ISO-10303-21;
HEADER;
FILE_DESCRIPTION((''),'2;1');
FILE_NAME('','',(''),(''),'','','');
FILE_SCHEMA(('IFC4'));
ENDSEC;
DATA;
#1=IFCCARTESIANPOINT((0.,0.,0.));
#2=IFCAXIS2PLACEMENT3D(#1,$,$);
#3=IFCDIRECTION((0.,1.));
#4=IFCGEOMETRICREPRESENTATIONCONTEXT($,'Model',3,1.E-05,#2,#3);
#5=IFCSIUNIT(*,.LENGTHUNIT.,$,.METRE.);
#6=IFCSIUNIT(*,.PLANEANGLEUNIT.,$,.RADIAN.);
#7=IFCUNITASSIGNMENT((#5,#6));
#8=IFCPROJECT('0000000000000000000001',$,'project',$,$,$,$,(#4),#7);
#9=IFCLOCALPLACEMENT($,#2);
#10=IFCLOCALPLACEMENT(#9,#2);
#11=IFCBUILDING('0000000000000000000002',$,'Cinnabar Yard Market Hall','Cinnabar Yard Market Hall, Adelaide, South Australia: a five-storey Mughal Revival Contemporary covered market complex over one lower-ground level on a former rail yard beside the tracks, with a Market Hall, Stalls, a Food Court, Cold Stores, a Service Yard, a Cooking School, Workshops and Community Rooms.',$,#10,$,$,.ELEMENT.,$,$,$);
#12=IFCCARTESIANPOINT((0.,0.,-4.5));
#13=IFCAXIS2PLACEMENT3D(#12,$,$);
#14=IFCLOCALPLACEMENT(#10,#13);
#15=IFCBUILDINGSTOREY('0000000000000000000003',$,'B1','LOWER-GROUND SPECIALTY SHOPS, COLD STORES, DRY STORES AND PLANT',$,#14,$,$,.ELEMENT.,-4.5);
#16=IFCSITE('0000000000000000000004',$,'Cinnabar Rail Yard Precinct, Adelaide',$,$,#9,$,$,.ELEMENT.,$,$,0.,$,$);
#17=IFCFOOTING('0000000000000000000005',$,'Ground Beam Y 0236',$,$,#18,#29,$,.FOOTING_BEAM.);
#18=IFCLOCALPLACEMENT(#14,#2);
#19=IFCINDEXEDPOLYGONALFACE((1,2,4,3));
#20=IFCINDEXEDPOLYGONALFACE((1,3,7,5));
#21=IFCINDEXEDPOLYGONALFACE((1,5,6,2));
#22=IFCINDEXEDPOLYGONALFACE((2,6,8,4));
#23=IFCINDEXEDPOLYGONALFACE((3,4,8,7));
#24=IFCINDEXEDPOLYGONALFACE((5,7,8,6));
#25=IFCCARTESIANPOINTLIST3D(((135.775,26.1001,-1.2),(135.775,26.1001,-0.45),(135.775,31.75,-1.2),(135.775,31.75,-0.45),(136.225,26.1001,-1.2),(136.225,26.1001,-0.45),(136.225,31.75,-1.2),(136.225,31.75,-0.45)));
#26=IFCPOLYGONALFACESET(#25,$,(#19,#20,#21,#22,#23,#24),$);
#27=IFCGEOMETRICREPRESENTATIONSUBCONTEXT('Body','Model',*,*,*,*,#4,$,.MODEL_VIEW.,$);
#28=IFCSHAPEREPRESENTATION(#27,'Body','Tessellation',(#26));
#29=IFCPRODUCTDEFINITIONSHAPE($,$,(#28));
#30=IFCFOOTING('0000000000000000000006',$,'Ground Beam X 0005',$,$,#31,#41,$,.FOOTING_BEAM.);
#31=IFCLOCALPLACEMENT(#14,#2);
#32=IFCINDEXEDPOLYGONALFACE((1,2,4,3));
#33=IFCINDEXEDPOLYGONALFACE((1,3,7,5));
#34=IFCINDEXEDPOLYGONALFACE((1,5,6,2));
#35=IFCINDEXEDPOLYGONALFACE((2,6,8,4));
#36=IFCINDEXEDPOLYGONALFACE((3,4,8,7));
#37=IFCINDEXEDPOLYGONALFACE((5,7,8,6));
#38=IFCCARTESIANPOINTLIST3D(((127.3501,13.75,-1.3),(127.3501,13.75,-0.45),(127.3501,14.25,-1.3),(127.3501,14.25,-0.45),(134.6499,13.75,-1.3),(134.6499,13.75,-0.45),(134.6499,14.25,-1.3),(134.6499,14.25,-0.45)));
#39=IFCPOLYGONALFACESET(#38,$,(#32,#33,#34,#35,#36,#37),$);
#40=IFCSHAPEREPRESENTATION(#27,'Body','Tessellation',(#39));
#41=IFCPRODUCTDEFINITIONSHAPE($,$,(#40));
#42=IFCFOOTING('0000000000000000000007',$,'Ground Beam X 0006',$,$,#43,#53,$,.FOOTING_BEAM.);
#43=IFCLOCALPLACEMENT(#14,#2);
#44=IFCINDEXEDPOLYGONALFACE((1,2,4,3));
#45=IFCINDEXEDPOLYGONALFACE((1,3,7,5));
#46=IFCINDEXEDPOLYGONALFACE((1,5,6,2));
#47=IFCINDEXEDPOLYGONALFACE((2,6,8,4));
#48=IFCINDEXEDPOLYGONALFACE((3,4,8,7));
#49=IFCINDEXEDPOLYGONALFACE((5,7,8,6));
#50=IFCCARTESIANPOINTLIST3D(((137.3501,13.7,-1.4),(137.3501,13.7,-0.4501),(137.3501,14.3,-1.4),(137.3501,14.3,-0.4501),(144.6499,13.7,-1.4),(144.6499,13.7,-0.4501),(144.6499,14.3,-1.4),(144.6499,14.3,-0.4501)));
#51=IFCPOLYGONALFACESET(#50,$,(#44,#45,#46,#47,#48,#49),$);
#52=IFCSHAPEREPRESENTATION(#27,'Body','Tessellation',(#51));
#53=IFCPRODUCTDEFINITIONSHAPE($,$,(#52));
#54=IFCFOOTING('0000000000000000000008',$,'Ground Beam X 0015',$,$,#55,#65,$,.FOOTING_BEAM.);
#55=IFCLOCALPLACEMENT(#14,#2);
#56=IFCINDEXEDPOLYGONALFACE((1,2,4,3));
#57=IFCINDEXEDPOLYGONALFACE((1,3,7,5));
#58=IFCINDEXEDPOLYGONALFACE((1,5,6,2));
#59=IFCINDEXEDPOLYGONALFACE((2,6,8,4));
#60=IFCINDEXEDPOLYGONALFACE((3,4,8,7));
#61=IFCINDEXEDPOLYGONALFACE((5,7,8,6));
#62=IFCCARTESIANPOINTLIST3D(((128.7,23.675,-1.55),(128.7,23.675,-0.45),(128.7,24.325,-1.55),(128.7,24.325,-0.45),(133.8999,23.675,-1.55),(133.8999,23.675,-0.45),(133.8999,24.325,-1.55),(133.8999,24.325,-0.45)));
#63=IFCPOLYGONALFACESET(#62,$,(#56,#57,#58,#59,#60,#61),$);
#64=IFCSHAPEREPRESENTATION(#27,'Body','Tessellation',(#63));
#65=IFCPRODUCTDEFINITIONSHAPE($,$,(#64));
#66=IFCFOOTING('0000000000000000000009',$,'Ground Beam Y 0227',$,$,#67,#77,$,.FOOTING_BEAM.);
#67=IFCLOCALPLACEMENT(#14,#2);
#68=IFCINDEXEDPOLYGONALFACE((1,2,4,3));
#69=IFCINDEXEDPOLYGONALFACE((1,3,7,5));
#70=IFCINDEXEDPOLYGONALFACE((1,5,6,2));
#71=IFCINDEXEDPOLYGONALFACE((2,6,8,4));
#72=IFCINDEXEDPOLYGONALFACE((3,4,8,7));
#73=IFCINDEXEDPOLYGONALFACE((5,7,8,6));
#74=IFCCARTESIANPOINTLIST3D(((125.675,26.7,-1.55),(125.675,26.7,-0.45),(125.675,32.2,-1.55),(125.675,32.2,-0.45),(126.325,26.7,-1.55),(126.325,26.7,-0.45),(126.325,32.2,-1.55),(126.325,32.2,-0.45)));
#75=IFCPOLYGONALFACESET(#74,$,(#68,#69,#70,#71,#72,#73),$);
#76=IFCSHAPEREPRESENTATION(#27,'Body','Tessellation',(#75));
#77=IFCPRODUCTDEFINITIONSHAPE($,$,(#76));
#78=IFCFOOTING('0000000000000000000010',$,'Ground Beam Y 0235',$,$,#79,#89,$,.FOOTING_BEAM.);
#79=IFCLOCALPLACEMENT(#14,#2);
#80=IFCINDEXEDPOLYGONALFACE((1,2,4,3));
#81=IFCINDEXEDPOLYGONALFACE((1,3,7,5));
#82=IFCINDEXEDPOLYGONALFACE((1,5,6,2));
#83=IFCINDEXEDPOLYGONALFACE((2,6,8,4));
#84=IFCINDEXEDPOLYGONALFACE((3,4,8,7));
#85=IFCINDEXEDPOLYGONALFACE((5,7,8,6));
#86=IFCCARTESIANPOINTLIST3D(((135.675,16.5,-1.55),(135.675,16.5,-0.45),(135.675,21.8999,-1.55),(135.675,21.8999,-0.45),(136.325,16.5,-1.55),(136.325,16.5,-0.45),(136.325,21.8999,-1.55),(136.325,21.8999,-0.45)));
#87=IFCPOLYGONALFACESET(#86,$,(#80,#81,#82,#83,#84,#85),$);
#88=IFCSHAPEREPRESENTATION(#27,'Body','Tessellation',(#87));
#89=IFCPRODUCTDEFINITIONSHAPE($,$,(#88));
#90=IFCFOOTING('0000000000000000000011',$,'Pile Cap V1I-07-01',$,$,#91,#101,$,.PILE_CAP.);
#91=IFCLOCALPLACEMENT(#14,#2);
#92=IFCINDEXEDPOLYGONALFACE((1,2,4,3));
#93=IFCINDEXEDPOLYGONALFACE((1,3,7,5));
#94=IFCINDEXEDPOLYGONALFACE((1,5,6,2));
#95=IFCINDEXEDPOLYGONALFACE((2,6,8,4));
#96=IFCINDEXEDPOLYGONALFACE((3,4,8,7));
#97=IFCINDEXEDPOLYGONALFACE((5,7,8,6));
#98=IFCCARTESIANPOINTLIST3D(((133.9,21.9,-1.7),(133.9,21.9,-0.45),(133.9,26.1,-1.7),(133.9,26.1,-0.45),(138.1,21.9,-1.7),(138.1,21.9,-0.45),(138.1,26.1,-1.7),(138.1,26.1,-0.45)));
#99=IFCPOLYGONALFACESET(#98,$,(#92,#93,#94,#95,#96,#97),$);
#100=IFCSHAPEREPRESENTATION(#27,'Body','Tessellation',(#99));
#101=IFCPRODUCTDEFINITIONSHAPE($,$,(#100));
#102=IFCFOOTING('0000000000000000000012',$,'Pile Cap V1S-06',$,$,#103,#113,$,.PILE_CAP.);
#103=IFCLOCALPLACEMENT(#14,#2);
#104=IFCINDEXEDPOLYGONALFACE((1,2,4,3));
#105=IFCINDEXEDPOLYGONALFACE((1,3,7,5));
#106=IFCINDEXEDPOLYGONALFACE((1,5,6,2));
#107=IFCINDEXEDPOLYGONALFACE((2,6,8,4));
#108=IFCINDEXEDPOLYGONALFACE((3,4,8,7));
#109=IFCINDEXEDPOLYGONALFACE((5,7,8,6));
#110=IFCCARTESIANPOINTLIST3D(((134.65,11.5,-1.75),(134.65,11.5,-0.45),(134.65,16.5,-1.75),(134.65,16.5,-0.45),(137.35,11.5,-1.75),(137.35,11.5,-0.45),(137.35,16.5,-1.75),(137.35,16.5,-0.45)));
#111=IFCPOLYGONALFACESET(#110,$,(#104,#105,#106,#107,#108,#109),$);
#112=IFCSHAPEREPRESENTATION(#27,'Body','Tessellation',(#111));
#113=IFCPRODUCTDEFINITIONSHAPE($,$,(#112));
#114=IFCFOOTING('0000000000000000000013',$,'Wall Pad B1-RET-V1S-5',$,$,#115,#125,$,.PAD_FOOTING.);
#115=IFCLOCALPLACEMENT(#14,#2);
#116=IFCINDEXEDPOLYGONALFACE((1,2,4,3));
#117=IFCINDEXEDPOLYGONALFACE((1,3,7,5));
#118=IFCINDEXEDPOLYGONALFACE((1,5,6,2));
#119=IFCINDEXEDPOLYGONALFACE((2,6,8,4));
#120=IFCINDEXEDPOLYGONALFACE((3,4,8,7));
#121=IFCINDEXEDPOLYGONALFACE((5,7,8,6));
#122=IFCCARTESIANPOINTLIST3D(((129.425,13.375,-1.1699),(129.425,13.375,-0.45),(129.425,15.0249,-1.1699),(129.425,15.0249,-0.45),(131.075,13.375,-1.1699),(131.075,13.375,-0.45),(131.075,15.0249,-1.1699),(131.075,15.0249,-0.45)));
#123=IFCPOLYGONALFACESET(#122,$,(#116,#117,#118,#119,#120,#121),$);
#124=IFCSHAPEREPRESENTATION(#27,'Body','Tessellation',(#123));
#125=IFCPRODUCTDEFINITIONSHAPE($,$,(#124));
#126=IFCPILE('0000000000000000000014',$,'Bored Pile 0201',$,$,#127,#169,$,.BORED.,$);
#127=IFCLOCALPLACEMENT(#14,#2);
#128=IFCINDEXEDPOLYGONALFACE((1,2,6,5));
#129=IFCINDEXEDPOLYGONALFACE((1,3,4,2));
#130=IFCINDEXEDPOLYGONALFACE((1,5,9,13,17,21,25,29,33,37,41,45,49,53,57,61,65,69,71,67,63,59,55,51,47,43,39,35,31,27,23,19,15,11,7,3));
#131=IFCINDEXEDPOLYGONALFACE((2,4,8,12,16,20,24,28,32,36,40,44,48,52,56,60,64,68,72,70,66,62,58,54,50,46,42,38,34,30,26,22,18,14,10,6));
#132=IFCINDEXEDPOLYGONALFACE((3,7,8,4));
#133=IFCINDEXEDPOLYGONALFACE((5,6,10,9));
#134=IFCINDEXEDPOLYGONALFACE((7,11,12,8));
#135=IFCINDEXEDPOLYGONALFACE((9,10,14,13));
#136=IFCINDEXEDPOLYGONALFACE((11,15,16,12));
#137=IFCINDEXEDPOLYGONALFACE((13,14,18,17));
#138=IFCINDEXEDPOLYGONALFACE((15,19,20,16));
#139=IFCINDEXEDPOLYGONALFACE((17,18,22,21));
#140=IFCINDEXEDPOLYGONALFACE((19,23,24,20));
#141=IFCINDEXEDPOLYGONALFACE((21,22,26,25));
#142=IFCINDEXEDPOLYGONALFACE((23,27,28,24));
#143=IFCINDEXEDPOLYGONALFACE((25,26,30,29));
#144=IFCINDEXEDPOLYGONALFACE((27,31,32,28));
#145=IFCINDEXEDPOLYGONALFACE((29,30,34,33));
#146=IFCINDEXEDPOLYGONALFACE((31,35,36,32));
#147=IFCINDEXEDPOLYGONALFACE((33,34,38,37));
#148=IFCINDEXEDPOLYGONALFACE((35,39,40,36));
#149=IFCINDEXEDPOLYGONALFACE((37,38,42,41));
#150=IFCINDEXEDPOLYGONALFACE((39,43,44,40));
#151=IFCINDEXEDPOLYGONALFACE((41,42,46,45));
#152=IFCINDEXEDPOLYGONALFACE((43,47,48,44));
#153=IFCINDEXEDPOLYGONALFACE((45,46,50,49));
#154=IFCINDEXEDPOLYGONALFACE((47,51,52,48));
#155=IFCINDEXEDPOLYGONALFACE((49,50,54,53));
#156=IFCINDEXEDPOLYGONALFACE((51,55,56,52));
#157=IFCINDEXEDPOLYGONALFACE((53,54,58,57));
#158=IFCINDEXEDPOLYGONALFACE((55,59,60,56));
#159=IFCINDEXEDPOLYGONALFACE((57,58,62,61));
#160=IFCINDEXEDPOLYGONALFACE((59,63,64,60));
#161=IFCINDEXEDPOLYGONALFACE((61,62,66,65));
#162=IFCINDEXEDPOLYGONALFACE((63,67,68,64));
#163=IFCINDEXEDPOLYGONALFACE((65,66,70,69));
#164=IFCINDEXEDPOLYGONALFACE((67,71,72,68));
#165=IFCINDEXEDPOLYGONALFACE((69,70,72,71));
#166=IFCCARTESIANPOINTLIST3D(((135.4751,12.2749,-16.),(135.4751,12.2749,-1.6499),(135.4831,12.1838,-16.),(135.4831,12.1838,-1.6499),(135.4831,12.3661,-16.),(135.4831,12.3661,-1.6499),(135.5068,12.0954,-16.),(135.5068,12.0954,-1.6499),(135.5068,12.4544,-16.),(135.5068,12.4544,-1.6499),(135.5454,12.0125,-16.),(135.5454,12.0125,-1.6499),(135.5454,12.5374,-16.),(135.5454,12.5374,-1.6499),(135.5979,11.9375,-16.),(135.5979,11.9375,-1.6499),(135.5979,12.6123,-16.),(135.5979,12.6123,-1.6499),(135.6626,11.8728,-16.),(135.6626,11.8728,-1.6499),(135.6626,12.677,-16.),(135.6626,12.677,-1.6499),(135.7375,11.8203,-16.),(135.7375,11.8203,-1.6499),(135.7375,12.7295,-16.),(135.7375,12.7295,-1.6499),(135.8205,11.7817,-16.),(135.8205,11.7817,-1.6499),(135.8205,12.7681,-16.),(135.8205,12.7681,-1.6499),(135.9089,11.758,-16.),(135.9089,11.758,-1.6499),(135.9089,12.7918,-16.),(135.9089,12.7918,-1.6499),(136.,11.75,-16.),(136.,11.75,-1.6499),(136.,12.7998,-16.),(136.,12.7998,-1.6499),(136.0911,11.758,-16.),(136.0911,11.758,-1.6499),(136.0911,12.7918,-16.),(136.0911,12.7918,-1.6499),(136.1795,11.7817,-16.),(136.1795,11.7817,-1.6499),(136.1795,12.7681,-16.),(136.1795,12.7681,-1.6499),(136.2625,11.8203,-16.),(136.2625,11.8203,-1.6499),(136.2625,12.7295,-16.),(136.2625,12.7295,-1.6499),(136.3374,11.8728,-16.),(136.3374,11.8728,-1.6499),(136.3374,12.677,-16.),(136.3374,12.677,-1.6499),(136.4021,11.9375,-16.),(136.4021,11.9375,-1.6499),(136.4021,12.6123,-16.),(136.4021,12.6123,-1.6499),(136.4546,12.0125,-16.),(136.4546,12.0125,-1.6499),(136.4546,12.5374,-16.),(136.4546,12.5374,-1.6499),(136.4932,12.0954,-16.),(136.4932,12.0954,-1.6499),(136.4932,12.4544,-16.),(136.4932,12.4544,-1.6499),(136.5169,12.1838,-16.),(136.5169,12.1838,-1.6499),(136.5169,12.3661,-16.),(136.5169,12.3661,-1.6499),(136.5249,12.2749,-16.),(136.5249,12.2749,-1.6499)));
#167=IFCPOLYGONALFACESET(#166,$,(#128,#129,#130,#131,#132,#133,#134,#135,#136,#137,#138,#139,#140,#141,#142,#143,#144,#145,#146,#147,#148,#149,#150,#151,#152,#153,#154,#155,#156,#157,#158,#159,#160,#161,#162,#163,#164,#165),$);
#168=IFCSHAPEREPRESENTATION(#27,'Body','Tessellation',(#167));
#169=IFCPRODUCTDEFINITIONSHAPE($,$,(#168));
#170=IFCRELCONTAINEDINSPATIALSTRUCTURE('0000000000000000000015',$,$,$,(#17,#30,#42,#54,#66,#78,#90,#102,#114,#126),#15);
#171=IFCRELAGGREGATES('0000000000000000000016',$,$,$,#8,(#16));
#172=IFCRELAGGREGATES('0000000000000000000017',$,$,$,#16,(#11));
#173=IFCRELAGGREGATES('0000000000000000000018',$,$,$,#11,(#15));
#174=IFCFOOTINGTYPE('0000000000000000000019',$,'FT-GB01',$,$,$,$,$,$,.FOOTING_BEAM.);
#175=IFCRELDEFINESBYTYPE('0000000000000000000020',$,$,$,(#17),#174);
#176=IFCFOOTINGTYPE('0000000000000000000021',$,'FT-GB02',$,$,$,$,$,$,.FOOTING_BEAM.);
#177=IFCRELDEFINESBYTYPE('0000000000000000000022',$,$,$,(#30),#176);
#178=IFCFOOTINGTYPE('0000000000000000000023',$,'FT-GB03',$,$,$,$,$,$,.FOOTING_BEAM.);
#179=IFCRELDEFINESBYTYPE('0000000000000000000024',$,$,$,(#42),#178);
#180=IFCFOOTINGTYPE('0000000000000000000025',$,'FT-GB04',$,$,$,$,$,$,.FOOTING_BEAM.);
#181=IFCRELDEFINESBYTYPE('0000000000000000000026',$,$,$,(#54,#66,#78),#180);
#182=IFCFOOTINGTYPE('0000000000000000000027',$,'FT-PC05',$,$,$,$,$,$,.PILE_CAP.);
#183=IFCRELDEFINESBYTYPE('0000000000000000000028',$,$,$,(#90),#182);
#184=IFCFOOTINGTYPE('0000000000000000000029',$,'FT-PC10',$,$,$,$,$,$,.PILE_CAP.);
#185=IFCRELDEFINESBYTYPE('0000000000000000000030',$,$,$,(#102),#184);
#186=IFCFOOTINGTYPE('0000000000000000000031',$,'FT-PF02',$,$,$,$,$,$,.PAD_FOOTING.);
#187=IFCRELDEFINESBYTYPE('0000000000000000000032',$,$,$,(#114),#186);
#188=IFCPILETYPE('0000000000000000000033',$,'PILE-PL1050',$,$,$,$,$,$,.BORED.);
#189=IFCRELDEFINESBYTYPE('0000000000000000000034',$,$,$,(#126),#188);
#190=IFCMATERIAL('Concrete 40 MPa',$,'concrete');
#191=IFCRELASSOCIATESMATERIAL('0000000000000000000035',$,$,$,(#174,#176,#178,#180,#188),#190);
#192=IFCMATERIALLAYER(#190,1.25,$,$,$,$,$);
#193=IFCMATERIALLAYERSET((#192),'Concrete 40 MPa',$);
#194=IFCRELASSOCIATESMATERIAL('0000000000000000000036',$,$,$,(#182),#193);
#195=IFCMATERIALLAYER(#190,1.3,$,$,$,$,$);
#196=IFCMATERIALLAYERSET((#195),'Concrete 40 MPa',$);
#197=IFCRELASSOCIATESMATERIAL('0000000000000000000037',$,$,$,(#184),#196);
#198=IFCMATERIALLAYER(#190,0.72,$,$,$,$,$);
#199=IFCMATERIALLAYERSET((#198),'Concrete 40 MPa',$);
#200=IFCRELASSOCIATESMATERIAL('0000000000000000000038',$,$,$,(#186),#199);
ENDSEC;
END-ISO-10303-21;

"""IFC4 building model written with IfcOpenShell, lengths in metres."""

from ifc_helpers import new_model, si_unit, direction, frame, origin, origin_2d_with_axis, place, context, subcontext, project, spatial, rectangle, circle, extrude, material, layer, layer_set, material_profile, profile_set, type_object, element, save


model = new_model("IFC4")

# Units and contexts
model_context = context("Model", 3, precision=1e-05, world=origin(), true_north=direction((0.0, 1.0)))
body_context = subcontext(model_context, "Body", "Model", "MODEL_VIEW")
ifc_project = project(units=[si_unit("LENGTHUNIT", "METRE"), si_unit("PLANEANGLEUNIT", "RADIAN")], contexts=[model_context])

# Site, building, storey
site_placement = place(None, origin())
site = spatial("IfcSite", under=ifc_project, at=site_placement, Name="Cinnabar Rail Yard Precinct, Adelaide", CompositionType="ELEMENT", RefElevation=0.0)
building_placement = place(site_placement, origin())
building = spatial("IfcBuilding", under=site, at=building_placement, Name="Cinnabar Yard Market Hall", Description="Cinnabar Yard Market Hall, Adelaide, South Australia: a five-storey Mughal Revival Contemporary covered market complex over one lower-ground level on a former rail yard beside the tracks, with a Market Hall, Stalls, a Food Court, Cold Stores, a Service Yard, a Cooking School, Workshops and Community Rooms.", CompositionType="ELEMENT")
storey_placement = place(building_placement, frame((0.0, 0.0, -4.5)))
storey = spatial("IfcBuildingStorey", under=building, at=storey_placement, Name="B1", Description="LOWER-GROUND SPECIALTY SHOPS, COLD STORES, DRY STORES AND PLANT", CompositionType="ELEMENT", Elevation=-4.5)

# Footings
ifc_material_1 = material(Name="Concrete 40 MPa", Category="concrete")
ifc_material_profile_1 = material_profile(ifc_material_1, rectangle(XDim=0.45, YDim=0.75, at=origin_2d_with_axis()), Name="GB-450x750")
ifc_profile_set_1 = profile_set([ifc_material_profile_1], Name="Concrete 40 MPa")
footing_type_1 = type_object("IfcFootingType", Name="FT-GB01", PredefinedType="FOOTING_BEAM", material=ifc_profile_set_1)
footing_1_placement = place(storey_placement, frame((136.0, 26.1001, -0.825), z_axis=(0.0, 1.0, 0.0), x_axis=(-1.0, 0.0, 0.0)))
element("IfcFooting", 1, at=footing_1_placement, inside=storey, type_object=footing_type_1, Name="Ground Beam Y 0236", PredefinedType="FOOTING_BEAM", context=body_context, shape_type="SweptSolid", body=[
    extrude(rectangle(XDim=0.45, YDim=0.75, at=origin_2d_with_axis()), origin(), (0.0, 0.0, 1.0), 5.6499),
])
ifc_material_profile_2 = material_profile(ifc_material_1, rectangle(XDim=0.5, YDim=0.8501, at=origin_2d_with_axis()), Name="GB-500x850")
ifc_profile_set_2 = profile_set([ifc_material_profile_2], Name="Concrete 40 MPa")
footing_type_2 = type_object("IfcFootingType", Name="FT-GB02", PredefinedType="FOOTING_BEAM", material=ifc_profile_set_2)
footing_2_placement = place(storey_placement, frame((127.3501, 14.0, -0.875), z_axis=(1.0, 0.0, 0.0), x_axis=(0.0, 1.0, 0.0)))
element("IfcFooting", 2, at=footing_2_placement, inside=storey, type_object=footing_type_2, Name="Ground Beam X 0005", PredefinedType="FOOTING_BEAM", context=body_context, shape_type="SweptSolid", body=[
    extrude(rectangle(XDim=0.5, YDim=0.8501, at=origin_2d_with_axis()), origin(), (0.0, 0.0, 1.0), 7.2998),
])
ifc_material_profile_3 = material_profile(ifc_material_1, rectangle(XDim=0.6001, YDim=0.95, at=origin_2d_with_axis()), Name="GB-600x950")
ifc_profile_set_3 = profile_set([ifc_material_profile_3], Name="Concrete 40 MPa")
footing_type_3 = type_object("IfcFootingType", Name="FT-GB03", PredefinedType="FOOTING_BEAM", material=ifc_profile_set_3)
footing_3_placement = place(storey_placement, frame((137.3501, 14.0, -0.925), z_axis=(1.0, 0.0, 0.0), x_axis=(0.0, 1.0, 0.0)))
element("IfcFooting", 3, at=footing_3_placement, inside=storey, type_object=footing_type_3, Name="Ground Beam X 0006", PredefinedType="FOOTING_BEAM", context=body_context, shape_type="SweptSolid", body=[
    extrude(rectangle(XDim=0.6001, YDim=0.95, at=origin_2d_with_axis()), origin(), (0.0, 0.0, 1.0), 7.2998),
])
ifc_material_profile_4 = material_profile(ifc_material_1, rectangle(XDim=0.6499, YDim=1.1001, at=origin_2d_with_axis()), Name="GB-650x1100")
ifc_profile_set_4 = profile_set([ifc_material_profile_4], Name="Concrete 40 MPa")
footing_type_4 = type_object("IfcFootingType", Name="FT-GB04", PredefinedType="FOOTING_BEAM", material=ifc_profile_set_4)
footing_4_placement = place(storey_placement, frame((128.7, 24.0, -1.0), z_axis=(1.0, 0.0, 0.0), x_axis=(0.0, 1.0, 0.0)))
element("IfcFooting", 4, at=footing_4_placement, inside=storey, type_object=footing_type_4, Name="Ground Beam X 0015", PredefinedType="FOOTING_BEAM", context=body_context, shape_type="SweptSolid", body=[
    extrude(rectangle(XDim=0.6499, YDim=1.1001, at=origin_2d_with_axis()), origin(), (0.0, 0.0, 1.0), 5.2),
])
footing_5_placement = place(storey_placement, frame((126.0, 26.7, -1.0), z_axis=(0.0, 1.0, 0.0), x_axis=(-1.0, 0.0, 0.0)))
element("IfcFooting", 5, at=footing_5_placement, inside=storey, type_object=footing_type_4, Name="Ground Beam Y 0227", PredefinedType="FOOTING_BEAM", context=body_context, shape_type="SweptSolid", body=[
    extrude(rectangle(XDim=0.6499, YDim=1.1001, at=origin_2d_with_axis()), origin(), (0.0, 0.0, 1.0), 5.5),
])
footing_6_placement = place(storey_placement, frame((136.0, 16.5, -1.0), z_axis=(0.0, 1.0, 0.0), x_axis=(-1.0, 0.0, 0.0)))
element("IfcFooting", 6, at=footing_6_placement, inside=storey, type_object=footing_type_4, Name="Ground Beam Y 0235", PredefinedType="FOOTING_BEAM", context=body_context, shape_type="SweptSolid", body=[
    extrude(rectangle(XDim=0.6499, YDim=1.1001, at=origin_2d_with_axis()), origin(), (0.0, 0.0, 1.0), 5.3999),
])
ifc_layer_1 = layer(ifc_material_1, 1.25)
ifc_layer_set_1 = layer_set([ifc_layer_1], Name="Concrete 40 MPa")
footing_type_5 = type_object("IfcFootingType", Name="FT-PC05", PredefinedType="PILE_CAP", material=ifc_layer_set_1)
footing_7_placement = place(storey_placement, frame((136.0, 24.0, -1.7), z_axis=(0.0, 0.0, 1.0), x_axis=(1.0, 0.0, 0.0)))
element("IfcFooting", 7, at=footing_7_placement, inside=storey, type_object=footing_type_5, Name="Pile Cap V1I-07-01", PredefinedType="PILE_CAP", context=body_context, shape_type="SweptSolid", body=[
    extrude(rectangle(XDim=4.2, YDim=4.2, at=origin_2d_with_axis()), origin(), (0.0, 0.0, 1.0), 1.25),
])
ifc_layer_2 = layer(ifc_material_1, 1.3)
ifc_layer_set_2 = layer_set([ifc_layer_2], Name="Concrete 40 MPa")
footing_type_6 = type_object("IfcFootingType", Name="FT-PC10", PredefinedType="PILE_CAP", material=ifc_layer_set_2)
footing_8_placement = place(storey_placement, frame((136.0, 14.0, -1.75), z_axis=(0.0, 0.0, 1.0), x_axis=(1.0, 0.0, 0.0)))
element("IfcFooting", 8, at=footing_8_placement, inside=storey, type_object=footing_type_6, Name="Pile Cap V1S-06", PredefinedType="PILE_CAP", context=body_context, shape_type="SweptSolid", body=[
    extrude(rectangle(XDim=2.7, YDim=5.0, at=origin_2d_with_axis()), origin(), (0.0, 0.0, 1.0), 1.3),
])
ifc_layer_3 = layer(ifc_material_1, 0.72)
ifc_layer_set_3 = layer_set([ifc_layer_3], Name="Concrete 40 MPa")
footing_type_7 = type_object("IfcFootingType", Name="FT-PF02", PredefinedType="PAD_FOOTING", material=ifc_layer_set_3)
footing_9_placement = place(storey_placement, frame((130.25, 14.2, -1.1699), z_axis=(0.0, 0.0, 1.0), x_axis=(1.0, 0.0, 0.0)))
element("IfcFooting", 9, at=footing_9_placement, inside=storey, type_object=footing_type_7, Name="Wall Pad B1-RET-V1S-5", PredefinedType="PAD_FOOTING", context=body_context, shape_type="SweptSolid", body=[
    extrude(rectangle(XDim=1.6499, YDim=1.6499, at=origin_2d_with_axis()), origin(), (0.0, 0.0, 1.0), 0.72),
])

# Pile
ifc_material_profile_5 = material_profile(ifc_material_1, circle(Radius=0.5249, at=origin_2d_with_axis()), Name="PILE-D1050")
ifc_profile_set_5 = profile_set([ifc_material_profile_5], Name="Concrete 40 MPa")
pile_type_1 = type_object("IfcPileType", Name="PILE-PL1050", PredefinedType="BORED", material=ifc_profile_set_5)
for number, where, z_axis, x_axis, name in (
    (10, (136.0, 12.2749, -1.6499), (0.0, 0.0, -1.0), (1.0, 0.0, 0.0), "Bored Pile 0201"),
):
    element("IfcPile", number, at=place(storey_placement, frame(where, z_axis=z_axis, x_axis=x_axis)), inside=storey, type_object=pile_type_1, Name=name, PredefinedType="BORED", context=body_context, shape_type="SweptSolid", body=[
        extrude(circle(Radius=0.5249, at=origin_2d_with_axis()), origin(), (0.0, 0.0, 1.0), 14.3501),
    ])

save(model, "model.ifc")
